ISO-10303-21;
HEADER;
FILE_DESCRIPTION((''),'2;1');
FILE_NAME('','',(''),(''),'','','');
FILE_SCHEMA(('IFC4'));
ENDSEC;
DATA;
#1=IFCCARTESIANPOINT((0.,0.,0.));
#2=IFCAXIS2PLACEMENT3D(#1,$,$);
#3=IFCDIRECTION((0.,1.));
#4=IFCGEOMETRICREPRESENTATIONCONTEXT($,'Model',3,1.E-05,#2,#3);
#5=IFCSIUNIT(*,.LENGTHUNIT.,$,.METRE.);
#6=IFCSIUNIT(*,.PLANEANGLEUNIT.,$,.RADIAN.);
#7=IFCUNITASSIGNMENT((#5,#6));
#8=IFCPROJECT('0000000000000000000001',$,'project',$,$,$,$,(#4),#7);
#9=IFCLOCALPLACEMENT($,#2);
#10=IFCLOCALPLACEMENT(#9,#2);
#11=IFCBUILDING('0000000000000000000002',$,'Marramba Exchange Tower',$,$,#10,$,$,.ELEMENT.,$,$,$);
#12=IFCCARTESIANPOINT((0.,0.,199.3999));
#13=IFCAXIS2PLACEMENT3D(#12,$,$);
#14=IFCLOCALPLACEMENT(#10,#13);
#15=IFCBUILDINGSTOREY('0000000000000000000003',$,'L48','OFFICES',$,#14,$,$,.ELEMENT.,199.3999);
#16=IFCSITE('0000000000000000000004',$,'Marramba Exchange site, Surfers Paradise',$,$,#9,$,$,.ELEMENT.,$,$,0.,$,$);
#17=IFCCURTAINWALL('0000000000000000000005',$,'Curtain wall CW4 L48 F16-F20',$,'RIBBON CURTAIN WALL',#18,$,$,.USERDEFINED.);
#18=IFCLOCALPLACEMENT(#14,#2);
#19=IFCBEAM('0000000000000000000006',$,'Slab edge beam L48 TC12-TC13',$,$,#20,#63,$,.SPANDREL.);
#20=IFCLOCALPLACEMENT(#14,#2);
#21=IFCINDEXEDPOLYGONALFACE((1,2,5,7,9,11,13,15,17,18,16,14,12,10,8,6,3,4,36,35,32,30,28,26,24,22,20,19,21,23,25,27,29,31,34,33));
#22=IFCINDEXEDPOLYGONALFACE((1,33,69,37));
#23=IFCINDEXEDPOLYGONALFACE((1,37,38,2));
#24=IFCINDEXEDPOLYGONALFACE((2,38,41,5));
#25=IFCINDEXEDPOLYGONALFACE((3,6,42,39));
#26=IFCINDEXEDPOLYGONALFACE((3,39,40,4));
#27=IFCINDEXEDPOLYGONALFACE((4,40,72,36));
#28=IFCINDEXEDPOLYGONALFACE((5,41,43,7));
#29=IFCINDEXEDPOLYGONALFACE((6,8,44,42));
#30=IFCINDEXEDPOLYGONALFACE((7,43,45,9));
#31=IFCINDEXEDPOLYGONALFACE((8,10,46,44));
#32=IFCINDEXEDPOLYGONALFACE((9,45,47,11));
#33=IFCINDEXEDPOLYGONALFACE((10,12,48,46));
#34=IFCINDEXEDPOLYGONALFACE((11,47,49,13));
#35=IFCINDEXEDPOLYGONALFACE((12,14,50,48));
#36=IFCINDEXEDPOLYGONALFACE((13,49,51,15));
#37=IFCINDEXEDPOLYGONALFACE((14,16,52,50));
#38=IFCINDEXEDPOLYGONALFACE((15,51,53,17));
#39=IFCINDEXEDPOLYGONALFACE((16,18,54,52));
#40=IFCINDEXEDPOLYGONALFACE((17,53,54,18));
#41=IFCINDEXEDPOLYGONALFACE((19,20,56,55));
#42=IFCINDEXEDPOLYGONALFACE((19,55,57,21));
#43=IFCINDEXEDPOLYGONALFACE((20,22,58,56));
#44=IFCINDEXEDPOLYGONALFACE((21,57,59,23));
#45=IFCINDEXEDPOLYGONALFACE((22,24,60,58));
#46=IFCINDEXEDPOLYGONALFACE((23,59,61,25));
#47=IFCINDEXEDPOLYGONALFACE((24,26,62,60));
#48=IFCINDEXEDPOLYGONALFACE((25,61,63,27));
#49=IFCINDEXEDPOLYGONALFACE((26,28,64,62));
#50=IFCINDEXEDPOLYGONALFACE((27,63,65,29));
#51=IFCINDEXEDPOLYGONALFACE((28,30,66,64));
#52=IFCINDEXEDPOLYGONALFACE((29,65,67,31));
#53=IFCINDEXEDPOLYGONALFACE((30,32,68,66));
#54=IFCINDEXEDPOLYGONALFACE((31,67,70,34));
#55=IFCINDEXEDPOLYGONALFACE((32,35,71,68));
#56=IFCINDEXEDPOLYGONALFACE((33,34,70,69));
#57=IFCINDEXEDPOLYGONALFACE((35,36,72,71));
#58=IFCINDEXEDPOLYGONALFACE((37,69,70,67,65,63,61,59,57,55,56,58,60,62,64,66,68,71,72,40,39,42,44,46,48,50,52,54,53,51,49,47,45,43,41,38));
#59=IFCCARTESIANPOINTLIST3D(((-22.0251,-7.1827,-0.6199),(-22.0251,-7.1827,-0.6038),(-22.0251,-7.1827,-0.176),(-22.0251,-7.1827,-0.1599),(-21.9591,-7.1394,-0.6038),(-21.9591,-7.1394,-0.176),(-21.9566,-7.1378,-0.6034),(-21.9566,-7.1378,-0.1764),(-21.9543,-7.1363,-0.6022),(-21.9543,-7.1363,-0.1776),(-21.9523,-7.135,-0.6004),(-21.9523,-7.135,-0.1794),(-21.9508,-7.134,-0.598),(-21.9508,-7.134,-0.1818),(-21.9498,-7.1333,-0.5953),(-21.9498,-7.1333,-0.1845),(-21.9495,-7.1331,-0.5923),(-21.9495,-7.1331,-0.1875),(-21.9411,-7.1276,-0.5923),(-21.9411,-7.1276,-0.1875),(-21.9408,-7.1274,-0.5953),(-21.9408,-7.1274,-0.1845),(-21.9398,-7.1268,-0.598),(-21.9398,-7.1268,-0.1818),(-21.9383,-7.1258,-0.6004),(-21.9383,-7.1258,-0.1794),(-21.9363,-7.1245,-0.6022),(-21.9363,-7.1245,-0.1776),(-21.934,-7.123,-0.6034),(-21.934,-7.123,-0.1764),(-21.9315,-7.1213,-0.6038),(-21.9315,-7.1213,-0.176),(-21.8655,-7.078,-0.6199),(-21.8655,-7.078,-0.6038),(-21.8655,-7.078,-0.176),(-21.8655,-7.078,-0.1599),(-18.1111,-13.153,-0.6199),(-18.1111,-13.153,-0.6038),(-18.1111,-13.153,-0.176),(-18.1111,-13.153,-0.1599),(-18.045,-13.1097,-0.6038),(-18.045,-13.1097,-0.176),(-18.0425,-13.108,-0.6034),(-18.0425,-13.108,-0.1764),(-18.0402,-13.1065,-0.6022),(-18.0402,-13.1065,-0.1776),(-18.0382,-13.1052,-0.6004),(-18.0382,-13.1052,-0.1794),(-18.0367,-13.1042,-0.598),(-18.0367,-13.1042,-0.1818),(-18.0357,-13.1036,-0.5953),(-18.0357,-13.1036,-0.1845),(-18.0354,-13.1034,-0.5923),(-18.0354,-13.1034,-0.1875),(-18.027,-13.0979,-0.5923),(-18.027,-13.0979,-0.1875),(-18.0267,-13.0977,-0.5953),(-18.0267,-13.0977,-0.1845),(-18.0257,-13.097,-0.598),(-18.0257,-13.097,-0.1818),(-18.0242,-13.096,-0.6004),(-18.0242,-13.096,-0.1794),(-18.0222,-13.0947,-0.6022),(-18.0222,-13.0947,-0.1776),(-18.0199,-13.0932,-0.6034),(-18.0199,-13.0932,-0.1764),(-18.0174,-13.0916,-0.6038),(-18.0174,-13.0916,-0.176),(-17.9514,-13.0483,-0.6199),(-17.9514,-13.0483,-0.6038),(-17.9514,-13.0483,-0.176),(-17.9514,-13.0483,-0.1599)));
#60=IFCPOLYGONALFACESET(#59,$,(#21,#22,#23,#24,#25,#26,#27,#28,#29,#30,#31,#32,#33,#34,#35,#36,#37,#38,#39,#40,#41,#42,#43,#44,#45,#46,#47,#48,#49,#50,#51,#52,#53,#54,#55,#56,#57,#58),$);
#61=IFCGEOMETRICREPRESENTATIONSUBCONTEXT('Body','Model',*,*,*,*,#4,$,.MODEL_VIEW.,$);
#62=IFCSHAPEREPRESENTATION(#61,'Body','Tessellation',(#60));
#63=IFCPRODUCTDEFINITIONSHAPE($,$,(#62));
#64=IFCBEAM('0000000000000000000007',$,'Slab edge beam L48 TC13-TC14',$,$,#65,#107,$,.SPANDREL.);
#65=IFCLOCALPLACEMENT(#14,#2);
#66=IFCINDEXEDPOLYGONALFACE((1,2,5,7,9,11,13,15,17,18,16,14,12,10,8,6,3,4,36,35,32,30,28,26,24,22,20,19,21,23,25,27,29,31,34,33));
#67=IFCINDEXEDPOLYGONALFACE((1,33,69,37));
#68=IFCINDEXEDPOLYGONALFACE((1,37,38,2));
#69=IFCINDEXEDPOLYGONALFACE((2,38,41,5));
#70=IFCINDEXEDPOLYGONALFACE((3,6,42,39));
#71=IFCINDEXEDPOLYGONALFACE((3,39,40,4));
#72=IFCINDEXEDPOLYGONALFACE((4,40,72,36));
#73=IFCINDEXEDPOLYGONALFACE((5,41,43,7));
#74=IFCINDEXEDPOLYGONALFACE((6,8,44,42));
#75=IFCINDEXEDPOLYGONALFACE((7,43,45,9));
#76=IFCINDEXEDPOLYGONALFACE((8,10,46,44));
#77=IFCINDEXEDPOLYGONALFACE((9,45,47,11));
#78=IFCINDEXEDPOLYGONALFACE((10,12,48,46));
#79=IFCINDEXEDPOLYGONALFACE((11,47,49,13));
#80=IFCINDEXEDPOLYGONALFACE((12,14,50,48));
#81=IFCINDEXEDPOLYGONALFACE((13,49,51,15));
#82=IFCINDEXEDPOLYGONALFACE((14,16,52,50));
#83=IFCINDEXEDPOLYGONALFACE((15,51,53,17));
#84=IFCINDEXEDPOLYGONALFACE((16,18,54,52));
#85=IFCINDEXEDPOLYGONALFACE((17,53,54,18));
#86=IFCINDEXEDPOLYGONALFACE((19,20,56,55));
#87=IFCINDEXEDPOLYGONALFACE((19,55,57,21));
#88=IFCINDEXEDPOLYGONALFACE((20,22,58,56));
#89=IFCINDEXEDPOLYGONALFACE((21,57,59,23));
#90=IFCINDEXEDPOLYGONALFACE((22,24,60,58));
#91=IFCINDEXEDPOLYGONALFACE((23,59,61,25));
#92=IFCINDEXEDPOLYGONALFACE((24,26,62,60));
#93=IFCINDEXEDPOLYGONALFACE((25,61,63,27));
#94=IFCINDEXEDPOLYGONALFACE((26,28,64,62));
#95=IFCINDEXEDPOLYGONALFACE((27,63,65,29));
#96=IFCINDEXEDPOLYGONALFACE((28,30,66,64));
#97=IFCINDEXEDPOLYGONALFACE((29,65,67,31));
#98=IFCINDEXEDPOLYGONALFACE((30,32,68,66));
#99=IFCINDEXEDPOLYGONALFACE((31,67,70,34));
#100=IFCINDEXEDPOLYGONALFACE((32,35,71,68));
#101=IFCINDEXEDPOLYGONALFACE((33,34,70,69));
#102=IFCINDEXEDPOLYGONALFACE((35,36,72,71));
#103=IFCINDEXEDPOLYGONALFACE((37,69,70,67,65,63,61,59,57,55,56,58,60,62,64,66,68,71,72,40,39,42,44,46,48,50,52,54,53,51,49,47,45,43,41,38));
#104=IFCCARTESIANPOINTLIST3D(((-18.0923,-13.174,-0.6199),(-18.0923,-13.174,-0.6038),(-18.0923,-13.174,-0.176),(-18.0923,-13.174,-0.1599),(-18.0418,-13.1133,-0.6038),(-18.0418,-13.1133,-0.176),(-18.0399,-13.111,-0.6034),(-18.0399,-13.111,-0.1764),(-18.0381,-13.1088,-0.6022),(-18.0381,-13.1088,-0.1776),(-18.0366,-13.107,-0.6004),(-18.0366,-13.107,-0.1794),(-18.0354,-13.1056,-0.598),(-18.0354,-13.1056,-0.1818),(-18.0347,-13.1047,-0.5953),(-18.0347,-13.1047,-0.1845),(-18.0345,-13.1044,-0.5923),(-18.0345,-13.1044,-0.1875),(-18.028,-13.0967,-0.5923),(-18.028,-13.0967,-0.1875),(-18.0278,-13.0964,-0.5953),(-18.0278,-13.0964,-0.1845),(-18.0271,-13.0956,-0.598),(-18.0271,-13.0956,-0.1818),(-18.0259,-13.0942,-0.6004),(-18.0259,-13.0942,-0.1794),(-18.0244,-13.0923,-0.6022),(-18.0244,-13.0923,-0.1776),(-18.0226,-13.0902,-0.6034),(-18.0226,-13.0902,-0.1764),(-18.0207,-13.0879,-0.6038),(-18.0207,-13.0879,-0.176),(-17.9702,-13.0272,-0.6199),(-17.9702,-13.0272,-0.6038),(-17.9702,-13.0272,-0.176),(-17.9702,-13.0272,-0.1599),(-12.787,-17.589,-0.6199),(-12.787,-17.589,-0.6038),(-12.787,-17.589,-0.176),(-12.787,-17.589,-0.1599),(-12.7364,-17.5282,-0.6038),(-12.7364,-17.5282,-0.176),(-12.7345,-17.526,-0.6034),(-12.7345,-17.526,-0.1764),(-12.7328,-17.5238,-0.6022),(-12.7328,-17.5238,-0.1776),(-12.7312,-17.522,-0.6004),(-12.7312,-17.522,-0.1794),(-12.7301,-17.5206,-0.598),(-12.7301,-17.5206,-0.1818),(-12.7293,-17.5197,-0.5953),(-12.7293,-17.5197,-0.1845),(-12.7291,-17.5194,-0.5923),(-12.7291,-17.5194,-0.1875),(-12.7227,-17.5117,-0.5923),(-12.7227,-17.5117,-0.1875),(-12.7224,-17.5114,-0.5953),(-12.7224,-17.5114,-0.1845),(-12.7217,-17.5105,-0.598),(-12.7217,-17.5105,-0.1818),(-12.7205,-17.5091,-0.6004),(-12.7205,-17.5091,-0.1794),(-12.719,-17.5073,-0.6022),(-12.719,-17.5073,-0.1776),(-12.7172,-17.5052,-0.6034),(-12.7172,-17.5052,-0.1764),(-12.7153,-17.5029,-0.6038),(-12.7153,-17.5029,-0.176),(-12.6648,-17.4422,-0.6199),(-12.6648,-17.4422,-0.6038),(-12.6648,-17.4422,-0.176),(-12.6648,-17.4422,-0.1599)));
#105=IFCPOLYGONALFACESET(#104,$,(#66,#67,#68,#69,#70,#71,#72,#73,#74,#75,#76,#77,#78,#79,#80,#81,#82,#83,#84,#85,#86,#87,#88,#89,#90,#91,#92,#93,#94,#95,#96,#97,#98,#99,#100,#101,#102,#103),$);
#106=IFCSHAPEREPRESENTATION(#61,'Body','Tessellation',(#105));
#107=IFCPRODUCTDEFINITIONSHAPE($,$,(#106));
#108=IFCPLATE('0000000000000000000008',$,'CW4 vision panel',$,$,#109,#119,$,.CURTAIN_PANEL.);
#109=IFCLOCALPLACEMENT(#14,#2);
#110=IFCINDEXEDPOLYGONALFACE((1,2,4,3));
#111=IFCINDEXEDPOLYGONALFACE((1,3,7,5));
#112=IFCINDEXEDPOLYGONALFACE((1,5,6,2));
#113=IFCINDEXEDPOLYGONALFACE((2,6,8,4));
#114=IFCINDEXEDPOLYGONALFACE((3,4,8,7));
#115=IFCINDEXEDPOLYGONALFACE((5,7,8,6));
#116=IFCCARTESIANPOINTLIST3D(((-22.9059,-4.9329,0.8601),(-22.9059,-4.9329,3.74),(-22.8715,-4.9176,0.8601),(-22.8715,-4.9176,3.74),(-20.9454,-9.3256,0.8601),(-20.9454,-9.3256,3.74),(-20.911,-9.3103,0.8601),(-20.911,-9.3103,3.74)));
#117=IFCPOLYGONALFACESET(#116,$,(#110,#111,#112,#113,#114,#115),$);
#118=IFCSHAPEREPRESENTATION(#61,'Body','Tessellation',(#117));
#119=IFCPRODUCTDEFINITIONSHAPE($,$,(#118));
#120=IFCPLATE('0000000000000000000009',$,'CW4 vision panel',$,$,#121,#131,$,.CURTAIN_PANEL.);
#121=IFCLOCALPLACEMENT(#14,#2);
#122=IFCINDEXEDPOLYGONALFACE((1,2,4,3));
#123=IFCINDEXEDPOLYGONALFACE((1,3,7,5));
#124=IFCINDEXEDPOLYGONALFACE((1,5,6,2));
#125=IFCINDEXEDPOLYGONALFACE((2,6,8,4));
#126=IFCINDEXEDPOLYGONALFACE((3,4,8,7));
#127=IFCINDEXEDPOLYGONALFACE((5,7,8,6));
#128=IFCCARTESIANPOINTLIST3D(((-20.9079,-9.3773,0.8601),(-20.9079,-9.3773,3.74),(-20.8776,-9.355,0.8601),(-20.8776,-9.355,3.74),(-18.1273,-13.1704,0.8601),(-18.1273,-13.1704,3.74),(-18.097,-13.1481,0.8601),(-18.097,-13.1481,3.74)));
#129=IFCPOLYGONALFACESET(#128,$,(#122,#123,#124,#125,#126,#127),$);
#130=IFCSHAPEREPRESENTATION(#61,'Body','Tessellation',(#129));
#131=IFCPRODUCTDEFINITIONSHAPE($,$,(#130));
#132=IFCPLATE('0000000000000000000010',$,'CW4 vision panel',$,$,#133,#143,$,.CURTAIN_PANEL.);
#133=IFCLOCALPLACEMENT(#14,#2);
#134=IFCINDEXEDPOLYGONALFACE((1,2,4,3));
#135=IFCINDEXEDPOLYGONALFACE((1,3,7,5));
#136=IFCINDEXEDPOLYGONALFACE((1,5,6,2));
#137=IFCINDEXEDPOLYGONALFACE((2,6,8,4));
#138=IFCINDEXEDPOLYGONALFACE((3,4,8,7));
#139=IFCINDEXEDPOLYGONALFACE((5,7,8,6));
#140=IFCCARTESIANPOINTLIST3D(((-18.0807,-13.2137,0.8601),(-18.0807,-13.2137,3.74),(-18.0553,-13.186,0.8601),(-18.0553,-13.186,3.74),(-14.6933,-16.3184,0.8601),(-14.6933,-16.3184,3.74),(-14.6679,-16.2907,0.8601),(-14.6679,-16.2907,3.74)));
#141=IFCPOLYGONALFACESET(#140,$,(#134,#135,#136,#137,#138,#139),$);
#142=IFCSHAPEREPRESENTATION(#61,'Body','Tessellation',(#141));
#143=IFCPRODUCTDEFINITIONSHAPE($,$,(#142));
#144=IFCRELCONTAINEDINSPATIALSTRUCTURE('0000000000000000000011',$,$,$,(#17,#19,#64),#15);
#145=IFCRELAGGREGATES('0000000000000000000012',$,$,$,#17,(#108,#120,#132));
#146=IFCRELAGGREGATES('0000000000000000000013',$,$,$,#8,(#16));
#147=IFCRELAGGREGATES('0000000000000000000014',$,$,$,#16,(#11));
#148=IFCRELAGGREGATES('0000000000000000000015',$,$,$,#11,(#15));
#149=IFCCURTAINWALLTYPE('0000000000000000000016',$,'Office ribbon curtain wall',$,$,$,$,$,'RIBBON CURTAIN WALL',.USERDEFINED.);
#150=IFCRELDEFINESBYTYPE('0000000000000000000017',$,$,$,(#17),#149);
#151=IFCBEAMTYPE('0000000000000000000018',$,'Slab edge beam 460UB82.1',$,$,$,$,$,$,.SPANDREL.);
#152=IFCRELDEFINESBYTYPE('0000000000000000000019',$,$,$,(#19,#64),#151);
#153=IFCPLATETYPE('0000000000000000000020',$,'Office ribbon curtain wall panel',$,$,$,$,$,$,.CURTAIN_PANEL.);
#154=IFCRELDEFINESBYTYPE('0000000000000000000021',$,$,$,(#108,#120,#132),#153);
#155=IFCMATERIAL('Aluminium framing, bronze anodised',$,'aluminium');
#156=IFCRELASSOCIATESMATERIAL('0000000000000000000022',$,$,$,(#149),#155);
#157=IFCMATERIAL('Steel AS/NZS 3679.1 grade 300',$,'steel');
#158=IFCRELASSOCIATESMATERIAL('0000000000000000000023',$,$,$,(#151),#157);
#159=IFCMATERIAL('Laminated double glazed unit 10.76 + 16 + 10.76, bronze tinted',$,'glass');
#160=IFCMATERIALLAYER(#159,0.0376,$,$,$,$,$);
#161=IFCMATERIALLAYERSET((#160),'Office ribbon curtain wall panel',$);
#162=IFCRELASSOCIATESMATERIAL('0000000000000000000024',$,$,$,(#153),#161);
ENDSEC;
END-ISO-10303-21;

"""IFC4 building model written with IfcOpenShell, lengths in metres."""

from ifc_helpers import new_model, si_unit, direction, frame, origin, origin_2d, place, context, subcontext, project, spatial, rectangle, i_section, extrude, material, layer, layer_set, material_profile, profile_set, type_object, element, aggregate, save


model = new_model("IFC4")

# Units and contexts
model_context = context("Model", 3, precision=1e-05, world=origin(), true_north=direction((0.0, 1.0)))
body_context = subcontext(model_context, "Body", "Model", "MODEL_VIEW")
ifc_project = project(units=[si_unit("LENGTHUNIT", "METRE"), si_unit("PLANEANGLEUNIT", "RADIAN")], contexts=[model_context])

# Site, building, storey
site_placement = place(None, origin())
site = spatial("IfcSite", under=ifc_project, at=site_placement, Name="Marramba Exchange site, Surfers Paradise", CompositionType="ELEMENT", RefElevation=0.0)
building_placement = place(site_placement, origin())
building = spatial("IfcBuilding", under=site, at=building_placement, Name="Marramba Exchange Tower", CompositionType="ELEMENT")
storey_placement = place(building_placement, frame((0.0, 0.0, 199.3999)))
storey = spatial("IfcBuildingStorey", under=building, at=storey_placement, Name="L48", Description="OFFICES", CompositionType="ELEMENT", Elevation=199.3999)

# Curtain wall
ifc_material_1 = material(Name="Aluminium framing, bronze anodised", Category="aluminium")
curtain_wall_type = type_object("IfcCurtainWallType", Name="Office ribbon curtain wall", ElementType="RIBBON CURTAIN WALL", PredefinedType="USERDEFINED", material=ifc_material_1)
curtain_wall_placement = place(storey_placement, origin())
curtain_wall = element("IfcCurtainWall", 1, at=curtain_wall_placement, inside=storey, type_object=curtain_wall_type, Name="Curtain wall CW4 L48 F16-F20", ObjectType="RIBBON CURTAIN WALL", PredefinedType="USERDEFINED")

# Beams
ifc_material_2 = material(Name="Steel AS/NZS 3679.1 grade 300", Category="steel")
ifc_material_profile_1 = material_profile(ifc_material_2, i_section(OverallWidth=0.1909, OverallDepth=0.46, WebThickness=0.01, FlangeThickness=0.0161, FilletRadius=0.0115, at=origin_2d()), Name="460UB82.1")
ifc_profile_set_1 = profile_set([ifc_material_profile_1], Name="Steel AS/NZS 3679.1 grade 300")
beam_type_1 = type_object("IfcBeamType", Name="Slab edge beam 460UB82.1", PredefinedType="SPANDREL", material=ifc_profile_set_1)
beam_1_placement = place(storey_placement, frame((-21.9453, -7.1304, -0.3899), z_axis=(0.548275, -0.836298, 0.0), x_axis=(0.836298, 0.548275, 0.0)))
element("IfcBeam", 2, at=beam_1_placement, inside=storey, type_object=beam_type_1, Name="Slab edge beam L48 TC12-TC13", PredefinedType="SPANDREL", context=body_context, shape_type="SweptSolid", body=[
    extrude(i_section(OverallWidth=0.1909, OverallDepth=0.46, WebThickness=0.01, FlangeThickness=0.0161, FilletRadius=0.0115, at=origin_2d()), origin(), (0.0, 0.0, 1.0), 7.1389),
])
beam_2_placement = place(storey_placement, frame((-18.0312, -13.1006, -0.3899), z_axis=(0.768659, -0.639659, 0.0), x_axis=(0.639659, 0.768659, 0.0)))
element("IfcBeam", 3, at=beam_2_placement, inside=storey, type_object=beam_type_1, Name="Slab edge beam L48 TC13-TC14", PredefinedType="SPANDREL", context=body_context, shape_type="SweptSolid", body=[
    extrude(i_section(OverallWidth=0.1909, OverallDepth=0.46, WebThickness=0.01, FlangeThickness=0.0161, FilletRadius=0.0115, at=origin_2d()), origin(), (0.0, 0.0, 1.0), 6.9021),
])

# Plates
ifc_material_3 = material(Name="Laminated double glazed unit 10.76 + 16 + 10.76, bronze tinted", Category="glass")
ifc_layer_1 = layer(ifc_material_3, 0.0376)
ifc_layer_set_1 = layer_set([ifc_layer_1], Name="Office ribbon curtain wall panel")
plate_type = type_object("IfcPlateType", Name="Office ribbon curtain wall panel", PredefinedType="CURTAIN_PANEL", material=ifc_layer_set_1)
plate_1_placement = place(storey_placement, frame((-21.9084, -7.1216, 0.8601), z_axis=(0.0, 0.0, 1.0), x_axis=(0.407558, -0.91318, 0.0)))
plate_1 = element("IfcPlate", 4, at=plate_1_placement, type_object=plate_type, Name="CW4 vision panel", PredefinedType="CURTAIN_PANEL", context=body_context, shape_type="SweptSolid", body=[
    extrude(rectangle(XDim=4.8103, YDim=0.0376, at=origin_2d()), origin(), (0.0, 0.0, 1.0), 2.8799),
])
plate_2_placement = place(storey_placement, frame((-19.5024, -11.2627, 0.8601), z_axis=(0.0, 0.0, 1.0), x_axis=(0.591223, -0.806508, 0.0)))
plate_2 = element("IfcPlate", 5, at=plate_2_placement, type_object=plate_type, Name="CW4 vision panel", PredefinedType="CURTAIN_PANEL", context=body_context, shape_type="SweptSolid", body=[
    extrude(rectangle(XDim=4.7031, YDim=0.0376, at=origin_2d()), origin(), (0.0, 0.0, 1.0), 2.8799),
])
plate_3_placement = place(storey_placement, frame((-16.3743, -14.7522, 0.8601), z_axis=(0.0, 0.0, 1.0), x_axis=(0.737203, -0.675671, 0.0)))
plate_3 = element("IfcPlate", 6, at=plate_3_placement, type_object=plate_type, Name="CW4 vision panel", PredefinedType="CURTAIN_PANEL", context=body_context, shape_type="SweptSolid", body=[
    extrude(rectangle(XDim=4.595, YDim=0.0376, at=origin_2d()), origin(), (0.0, 0.0, 1.0), 2.8799),
])
aggregate(curtain_wall, [plate_1, plate_2, plate_3])

save(model, "model.ifc")
